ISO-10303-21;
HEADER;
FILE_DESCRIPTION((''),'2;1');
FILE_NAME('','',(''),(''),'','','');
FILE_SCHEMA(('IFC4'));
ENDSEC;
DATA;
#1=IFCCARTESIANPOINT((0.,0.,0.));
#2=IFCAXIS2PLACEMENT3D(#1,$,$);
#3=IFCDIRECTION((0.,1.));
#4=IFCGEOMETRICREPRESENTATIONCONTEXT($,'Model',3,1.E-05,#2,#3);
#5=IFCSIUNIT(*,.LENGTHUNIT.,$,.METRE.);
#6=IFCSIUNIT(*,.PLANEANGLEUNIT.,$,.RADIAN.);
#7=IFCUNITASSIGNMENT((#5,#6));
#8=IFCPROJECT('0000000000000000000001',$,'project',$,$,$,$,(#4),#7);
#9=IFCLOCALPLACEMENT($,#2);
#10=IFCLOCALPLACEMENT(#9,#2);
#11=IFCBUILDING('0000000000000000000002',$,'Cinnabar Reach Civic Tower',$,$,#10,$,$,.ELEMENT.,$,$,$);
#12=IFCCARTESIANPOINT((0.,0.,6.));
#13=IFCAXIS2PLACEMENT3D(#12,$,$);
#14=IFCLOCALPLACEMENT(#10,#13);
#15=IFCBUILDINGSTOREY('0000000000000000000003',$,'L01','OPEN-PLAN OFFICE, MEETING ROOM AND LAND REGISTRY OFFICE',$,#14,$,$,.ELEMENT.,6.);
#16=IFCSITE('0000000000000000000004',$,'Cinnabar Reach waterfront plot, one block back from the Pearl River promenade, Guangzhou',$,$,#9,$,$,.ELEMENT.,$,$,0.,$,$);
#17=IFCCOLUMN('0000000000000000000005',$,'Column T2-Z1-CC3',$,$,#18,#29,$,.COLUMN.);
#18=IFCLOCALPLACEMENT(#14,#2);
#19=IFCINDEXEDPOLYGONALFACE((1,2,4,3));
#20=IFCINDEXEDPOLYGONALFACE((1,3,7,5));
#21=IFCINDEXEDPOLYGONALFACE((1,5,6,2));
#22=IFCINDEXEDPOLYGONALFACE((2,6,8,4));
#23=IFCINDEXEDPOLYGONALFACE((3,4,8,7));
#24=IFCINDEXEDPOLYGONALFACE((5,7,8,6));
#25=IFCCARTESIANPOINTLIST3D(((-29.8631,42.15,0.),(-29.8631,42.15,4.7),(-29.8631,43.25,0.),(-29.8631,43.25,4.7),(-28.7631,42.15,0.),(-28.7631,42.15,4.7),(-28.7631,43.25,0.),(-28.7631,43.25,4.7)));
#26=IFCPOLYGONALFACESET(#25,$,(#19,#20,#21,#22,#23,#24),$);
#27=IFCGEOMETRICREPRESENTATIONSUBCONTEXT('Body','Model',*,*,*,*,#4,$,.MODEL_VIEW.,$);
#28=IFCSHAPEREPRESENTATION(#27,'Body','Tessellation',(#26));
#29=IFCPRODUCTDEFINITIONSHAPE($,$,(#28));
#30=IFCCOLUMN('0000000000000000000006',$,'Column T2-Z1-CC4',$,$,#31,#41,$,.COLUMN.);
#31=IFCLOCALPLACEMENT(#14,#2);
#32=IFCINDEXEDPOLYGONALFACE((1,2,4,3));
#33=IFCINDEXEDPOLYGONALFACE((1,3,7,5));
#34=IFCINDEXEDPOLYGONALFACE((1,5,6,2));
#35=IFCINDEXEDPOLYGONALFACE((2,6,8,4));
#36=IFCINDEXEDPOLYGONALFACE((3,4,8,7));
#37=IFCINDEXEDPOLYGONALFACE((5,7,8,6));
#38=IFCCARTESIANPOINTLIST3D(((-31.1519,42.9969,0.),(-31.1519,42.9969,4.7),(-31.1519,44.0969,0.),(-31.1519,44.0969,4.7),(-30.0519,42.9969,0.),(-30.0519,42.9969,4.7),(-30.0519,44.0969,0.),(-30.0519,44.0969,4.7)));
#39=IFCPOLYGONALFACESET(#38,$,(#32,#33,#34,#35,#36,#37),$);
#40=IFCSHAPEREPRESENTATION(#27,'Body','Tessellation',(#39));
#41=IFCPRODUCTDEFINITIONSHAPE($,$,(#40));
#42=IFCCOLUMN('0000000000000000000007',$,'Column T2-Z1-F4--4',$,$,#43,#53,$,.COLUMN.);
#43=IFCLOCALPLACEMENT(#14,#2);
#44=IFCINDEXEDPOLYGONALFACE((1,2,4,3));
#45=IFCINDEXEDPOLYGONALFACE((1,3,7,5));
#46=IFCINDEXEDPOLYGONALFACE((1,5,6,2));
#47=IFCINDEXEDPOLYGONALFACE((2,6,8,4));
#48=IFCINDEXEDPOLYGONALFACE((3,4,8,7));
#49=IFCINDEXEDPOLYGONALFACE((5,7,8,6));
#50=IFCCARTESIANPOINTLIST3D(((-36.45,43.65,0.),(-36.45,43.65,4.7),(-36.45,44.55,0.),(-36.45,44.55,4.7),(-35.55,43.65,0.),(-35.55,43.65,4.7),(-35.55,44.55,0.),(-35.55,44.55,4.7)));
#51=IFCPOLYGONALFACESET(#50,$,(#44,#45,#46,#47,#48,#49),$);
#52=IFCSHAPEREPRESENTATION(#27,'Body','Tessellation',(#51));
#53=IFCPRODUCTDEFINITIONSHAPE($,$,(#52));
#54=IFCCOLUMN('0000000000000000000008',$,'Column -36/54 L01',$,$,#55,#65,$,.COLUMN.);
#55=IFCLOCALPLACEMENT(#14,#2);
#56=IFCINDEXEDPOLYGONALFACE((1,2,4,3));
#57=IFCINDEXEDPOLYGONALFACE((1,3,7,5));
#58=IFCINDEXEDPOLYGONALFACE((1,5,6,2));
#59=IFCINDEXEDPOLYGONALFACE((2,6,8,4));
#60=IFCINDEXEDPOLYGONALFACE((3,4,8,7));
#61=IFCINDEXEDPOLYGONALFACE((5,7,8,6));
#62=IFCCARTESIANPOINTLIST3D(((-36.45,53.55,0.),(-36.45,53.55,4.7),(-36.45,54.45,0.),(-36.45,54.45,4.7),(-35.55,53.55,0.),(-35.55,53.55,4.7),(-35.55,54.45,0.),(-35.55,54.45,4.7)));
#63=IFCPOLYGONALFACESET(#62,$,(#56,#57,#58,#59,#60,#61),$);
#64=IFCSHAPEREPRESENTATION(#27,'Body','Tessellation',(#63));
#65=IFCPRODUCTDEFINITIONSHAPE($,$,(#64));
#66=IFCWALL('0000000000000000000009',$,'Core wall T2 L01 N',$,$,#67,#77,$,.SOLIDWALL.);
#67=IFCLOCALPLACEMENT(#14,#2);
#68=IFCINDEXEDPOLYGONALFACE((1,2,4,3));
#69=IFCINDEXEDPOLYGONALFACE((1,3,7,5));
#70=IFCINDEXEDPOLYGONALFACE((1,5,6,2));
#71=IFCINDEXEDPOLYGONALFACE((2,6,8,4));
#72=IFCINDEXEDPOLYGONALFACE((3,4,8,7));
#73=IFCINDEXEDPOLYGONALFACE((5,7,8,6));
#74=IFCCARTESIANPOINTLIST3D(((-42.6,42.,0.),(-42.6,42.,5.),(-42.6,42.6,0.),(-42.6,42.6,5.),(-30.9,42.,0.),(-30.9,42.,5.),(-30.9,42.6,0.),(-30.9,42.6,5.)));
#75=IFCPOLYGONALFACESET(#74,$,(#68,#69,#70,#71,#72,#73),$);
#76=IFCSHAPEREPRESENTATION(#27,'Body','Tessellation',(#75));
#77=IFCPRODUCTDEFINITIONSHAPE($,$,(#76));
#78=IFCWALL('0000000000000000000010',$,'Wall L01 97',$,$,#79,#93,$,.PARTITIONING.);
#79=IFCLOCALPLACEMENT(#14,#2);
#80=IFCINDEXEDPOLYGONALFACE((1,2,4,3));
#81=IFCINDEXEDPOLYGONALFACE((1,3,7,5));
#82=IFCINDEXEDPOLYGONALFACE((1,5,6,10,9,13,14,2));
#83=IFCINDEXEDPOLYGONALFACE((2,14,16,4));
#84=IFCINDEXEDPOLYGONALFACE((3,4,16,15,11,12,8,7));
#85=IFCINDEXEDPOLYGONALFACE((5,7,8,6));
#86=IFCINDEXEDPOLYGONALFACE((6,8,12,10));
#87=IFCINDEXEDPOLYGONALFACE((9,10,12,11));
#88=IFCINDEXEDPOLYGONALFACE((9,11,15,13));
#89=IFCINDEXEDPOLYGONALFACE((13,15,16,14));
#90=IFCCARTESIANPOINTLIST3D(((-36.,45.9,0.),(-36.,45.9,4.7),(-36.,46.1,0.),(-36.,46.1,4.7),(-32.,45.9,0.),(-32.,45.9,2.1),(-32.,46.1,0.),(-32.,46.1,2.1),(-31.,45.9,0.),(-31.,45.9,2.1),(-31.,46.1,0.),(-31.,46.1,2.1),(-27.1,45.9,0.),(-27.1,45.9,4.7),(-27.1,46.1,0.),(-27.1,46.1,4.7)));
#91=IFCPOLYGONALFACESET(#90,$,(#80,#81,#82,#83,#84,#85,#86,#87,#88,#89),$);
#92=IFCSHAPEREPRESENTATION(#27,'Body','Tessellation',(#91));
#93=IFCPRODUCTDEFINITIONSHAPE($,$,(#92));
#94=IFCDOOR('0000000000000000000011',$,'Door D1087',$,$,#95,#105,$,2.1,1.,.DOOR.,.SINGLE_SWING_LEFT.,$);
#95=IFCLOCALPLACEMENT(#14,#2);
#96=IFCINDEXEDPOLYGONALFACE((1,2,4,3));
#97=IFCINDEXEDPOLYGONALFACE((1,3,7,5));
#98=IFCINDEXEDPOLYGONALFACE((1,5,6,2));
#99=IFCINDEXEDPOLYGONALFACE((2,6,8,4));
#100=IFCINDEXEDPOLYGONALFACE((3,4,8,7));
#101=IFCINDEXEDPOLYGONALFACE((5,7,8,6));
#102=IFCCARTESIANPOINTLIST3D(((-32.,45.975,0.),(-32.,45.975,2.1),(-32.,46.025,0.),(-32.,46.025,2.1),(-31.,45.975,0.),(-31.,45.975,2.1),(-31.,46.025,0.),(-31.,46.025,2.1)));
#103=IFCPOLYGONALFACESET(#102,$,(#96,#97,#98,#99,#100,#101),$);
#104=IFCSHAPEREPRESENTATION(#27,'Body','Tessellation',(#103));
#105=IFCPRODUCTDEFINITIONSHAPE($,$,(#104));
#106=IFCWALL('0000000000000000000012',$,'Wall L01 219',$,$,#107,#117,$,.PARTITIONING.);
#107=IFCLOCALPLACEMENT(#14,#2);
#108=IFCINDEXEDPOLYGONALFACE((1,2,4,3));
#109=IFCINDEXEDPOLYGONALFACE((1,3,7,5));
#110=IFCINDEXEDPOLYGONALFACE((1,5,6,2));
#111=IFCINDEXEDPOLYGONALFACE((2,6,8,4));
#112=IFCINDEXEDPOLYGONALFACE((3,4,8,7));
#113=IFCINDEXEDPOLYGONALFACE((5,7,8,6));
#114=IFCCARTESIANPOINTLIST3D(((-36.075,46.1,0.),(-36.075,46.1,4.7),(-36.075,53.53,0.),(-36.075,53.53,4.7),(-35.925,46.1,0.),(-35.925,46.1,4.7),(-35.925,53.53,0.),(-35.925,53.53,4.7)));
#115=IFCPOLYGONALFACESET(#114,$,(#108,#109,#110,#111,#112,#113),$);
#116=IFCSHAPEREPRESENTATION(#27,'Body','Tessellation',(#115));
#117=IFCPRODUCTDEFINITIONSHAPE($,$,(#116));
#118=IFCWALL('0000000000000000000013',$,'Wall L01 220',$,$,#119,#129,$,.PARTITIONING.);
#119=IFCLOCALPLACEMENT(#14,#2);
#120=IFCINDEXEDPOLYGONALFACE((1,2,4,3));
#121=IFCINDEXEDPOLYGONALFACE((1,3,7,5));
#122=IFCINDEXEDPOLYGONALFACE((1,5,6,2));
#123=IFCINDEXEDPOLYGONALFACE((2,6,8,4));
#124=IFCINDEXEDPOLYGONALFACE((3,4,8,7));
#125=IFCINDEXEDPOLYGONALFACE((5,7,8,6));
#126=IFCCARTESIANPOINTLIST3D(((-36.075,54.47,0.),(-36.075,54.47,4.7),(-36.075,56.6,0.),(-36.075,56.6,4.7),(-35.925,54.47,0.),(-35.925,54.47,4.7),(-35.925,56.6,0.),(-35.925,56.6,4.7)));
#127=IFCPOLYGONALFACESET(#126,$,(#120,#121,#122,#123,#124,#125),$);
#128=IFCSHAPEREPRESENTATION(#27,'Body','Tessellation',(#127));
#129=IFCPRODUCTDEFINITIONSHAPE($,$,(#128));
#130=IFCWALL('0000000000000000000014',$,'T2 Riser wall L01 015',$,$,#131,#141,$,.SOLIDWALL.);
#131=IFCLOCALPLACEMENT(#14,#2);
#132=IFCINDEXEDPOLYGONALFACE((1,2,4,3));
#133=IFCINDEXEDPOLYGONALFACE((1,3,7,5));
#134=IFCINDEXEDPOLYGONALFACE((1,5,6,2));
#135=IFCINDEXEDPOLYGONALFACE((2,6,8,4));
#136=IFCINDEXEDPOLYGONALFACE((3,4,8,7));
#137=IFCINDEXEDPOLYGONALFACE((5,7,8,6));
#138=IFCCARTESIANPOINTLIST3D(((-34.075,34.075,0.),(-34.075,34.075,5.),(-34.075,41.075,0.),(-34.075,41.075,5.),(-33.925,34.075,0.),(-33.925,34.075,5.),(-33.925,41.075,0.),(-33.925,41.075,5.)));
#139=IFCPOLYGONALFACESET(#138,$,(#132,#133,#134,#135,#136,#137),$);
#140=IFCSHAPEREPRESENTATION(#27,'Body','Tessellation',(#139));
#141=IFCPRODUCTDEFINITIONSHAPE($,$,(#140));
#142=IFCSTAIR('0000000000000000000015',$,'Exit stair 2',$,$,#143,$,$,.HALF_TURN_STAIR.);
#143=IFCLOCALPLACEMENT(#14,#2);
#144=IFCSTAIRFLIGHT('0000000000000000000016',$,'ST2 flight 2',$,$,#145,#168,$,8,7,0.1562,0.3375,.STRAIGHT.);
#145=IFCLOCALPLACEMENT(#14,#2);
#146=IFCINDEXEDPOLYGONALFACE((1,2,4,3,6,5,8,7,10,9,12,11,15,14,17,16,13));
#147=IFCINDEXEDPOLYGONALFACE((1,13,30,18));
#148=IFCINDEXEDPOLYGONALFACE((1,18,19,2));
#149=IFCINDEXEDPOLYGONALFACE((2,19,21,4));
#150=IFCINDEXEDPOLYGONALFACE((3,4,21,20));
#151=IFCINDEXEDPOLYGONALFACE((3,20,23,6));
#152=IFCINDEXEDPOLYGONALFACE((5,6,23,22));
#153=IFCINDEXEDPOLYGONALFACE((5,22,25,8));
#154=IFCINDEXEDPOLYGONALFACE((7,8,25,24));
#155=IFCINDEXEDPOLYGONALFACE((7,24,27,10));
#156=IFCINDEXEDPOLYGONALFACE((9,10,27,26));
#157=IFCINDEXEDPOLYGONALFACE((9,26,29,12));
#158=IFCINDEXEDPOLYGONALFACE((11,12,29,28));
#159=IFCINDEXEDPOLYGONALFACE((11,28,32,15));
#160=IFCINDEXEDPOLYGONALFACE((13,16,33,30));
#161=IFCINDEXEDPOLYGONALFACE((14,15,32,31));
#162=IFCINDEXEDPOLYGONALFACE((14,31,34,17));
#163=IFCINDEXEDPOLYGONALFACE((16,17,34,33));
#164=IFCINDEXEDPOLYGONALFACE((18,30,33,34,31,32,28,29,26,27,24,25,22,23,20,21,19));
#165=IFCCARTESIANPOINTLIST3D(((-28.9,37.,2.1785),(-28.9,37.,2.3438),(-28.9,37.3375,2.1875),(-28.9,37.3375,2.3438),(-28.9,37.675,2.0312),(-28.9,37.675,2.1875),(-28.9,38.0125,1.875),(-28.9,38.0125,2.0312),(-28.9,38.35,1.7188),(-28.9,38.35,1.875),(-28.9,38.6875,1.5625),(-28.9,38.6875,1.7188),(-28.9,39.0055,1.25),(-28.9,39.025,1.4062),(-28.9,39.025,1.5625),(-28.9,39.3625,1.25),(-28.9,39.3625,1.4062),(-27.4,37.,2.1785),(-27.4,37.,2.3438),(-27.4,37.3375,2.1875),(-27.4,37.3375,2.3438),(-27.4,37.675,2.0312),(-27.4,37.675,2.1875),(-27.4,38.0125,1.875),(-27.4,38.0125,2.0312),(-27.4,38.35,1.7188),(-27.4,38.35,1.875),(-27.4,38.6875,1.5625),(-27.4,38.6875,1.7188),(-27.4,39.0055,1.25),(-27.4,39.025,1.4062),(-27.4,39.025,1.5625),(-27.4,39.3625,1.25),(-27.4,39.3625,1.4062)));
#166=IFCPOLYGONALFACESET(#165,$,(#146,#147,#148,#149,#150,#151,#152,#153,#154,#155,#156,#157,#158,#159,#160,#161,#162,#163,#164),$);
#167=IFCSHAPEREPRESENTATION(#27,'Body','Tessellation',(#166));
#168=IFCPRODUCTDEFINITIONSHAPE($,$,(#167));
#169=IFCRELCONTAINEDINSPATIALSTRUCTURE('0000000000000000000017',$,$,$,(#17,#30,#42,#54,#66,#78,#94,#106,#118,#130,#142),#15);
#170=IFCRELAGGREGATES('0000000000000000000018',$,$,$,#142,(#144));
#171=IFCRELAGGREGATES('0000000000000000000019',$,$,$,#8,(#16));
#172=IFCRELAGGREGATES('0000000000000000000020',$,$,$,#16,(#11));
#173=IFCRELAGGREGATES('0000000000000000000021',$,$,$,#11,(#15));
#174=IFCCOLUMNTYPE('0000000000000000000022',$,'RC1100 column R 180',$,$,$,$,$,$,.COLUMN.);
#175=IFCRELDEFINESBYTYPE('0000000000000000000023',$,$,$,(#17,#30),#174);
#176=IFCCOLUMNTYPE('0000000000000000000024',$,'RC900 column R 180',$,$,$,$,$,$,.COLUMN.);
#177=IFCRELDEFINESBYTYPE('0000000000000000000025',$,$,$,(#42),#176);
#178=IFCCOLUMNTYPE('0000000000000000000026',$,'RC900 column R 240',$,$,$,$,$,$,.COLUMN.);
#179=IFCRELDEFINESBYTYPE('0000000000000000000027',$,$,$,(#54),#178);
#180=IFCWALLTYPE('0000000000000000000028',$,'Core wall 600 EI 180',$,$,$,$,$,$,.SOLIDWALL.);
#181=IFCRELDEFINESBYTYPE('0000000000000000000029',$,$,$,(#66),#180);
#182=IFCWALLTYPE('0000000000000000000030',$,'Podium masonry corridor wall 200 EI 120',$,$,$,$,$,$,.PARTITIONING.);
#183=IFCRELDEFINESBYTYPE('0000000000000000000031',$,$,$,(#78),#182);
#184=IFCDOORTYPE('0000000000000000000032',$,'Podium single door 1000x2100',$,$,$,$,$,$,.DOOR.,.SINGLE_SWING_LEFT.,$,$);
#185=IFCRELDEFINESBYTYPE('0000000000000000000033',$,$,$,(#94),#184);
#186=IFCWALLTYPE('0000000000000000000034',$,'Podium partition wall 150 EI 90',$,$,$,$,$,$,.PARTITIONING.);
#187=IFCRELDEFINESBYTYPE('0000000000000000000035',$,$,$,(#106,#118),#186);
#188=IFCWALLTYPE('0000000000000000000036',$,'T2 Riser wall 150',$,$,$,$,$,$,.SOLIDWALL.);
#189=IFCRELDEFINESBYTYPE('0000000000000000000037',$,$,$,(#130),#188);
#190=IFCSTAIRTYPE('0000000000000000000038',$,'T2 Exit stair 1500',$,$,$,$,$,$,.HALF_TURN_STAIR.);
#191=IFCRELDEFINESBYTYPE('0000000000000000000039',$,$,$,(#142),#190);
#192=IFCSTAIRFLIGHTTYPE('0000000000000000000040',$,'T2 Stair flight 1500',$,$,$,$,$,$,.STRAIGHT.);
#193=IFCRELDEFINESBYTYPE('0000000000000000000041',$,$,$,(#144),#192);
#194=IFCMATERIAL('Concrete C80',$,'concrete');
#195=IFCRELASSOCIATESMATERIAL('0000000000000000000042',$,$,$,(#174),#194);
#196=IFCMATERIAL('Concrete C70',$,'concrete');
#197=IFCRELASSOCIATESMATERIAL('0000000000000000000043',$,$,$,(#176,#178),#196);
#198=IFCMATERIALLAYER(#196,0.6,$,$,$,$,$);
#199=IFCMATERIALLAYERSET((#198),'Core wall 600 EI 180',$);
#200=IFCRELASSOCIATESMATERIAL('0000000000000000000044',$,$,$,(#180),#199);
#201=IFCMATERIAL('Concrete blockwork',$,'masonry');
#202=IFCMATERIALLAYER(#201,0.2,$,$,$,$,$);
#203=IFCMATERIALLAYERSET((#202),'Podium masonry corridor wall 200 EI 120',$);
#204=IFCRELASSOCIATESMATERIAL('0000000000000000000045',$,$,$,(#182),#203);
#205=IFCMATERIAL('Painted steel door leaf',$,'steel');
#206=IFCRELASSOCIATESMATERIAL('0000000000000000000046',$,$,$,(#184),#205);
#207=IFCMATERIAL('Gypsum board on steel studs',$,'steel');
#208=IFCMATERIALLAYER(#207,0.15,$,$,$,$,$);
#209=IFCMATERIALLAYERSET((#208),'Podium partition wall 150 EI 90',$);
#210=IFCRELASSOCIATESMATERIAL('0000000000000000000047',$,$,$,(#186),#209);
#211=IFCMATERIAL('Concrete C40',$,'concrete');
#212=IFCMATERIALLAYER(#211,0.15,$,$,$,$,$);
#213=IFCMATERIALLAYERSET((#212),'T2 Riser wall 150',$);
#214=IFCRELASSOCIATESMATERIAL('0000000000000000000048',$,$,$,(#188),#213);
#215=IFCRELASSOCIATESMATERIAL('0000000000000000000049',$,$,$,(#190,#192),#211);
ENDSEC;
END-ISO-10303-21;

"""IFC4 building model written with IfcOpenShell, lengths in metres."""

from ifc_helpers import new_model, si_unit, direction, frame, frame_2d, origin, origin_2d, place, context, subcontext, project, spatial, polyline, rectangle, outline, extrude, material, layer, layer_set, material_profile, profile_set, type_object, element, fill, aggregate, save


model = new_model("IFC4")

# Units and contexts
model_context = context("Model", 3, precision=1e-05, world=origin(), true_north=direction((0.0, 1.0)))
body_context = subcontext(model_context, "Body", "Model", "MODEL_VIEW")
ifc_project = project(units=[si_unit("LENGTHUNIT", "METRE"), si_unit("PLANEANGLEUNIT", "RADIAN")], contexts=[model_context])

# Site, building, storey
site_placement = place(None, origin())
site = spatial("IfcSite", under=ifc_project, at=site_placement, Name="Cinnabar Reach waterfront plot, one block back from the Pearl River promenade, Guangzhou", CompositionType="ELEMENT", RefElevation=0.0)
building_placement = place(site_placement, origin())
building = spatial("IfcBuilding", under=site, at=building_placement, Name="Cinnabar Reach Civic Tower", CompositionType="ELEMENT")
storey_placement = place(building_placement, frame((0.0, 0.0, 6.0)))
storey = spatial("IfcBuildingStorey", under=building, at=storey_placement, Name="L01", Description="OPEN-PLAN OFFICE, MEETING ROOM AND LAND REGISTRY OFFICE", CompositionType="ELEMENT", Elevation=6.0)

# Columns
ifc_material_1 = material(Name="Concrete C80", Category="concrete")
ifc_material_profile_1 = material_profile(ifc_material_1, rectangle(XDim=1.1, YDim=1.1, at=origin_2d()), Name="RC1100")
ifc_profile_set_1 = profile_set([ifc_material_profile_1], Name="Concrete C80")
column_type_1 = type_object("IfcColumnType", Name="RC1100 column R 180", PredefinedType="COLUMN", material=ifc_profile_set_1)
for number, where, z_axis, x_axis, name in (
    (1, (-29.3131, 42.7, 0.0), (0.0, 0.0, 1.0), (1.0, 0.0, 0.0), "Column T2-Z1-CC3"),
    (2, (-30.6019, 43.5469, 0.0), (0.0, 0.0, 1.0), (1.0, 0.0, 0.0), "Column T2-Z1-CC4"),
):
    element("IfcColumn", number, at=place(storey_placement, frame(where, z_axis=z_axis, x_axis=x_axis)), inside=storey, type_object=column_type_1, Name=name, PredefinedType="COLUMN", context=body_context, shape_type="SweptSolid", body=[
        extrude(rectangle(XDim=1.1, YDim=1.1, at=origin_2d()), origin(), (0.0, 0.0, 1.0), 4.7),
    ])
ifc_material_2 = material(Name="Concrete C70", Category="concrete")
ifc_material_profile_2 = material_profile(ifc_material_2, rectangle(XDim=0.9, YDim=0.9, at=origin_2d()), Name="RC900")
ifc_profile_set_2 = profile_set([ifc_material_profile_2], Name="Concrete C70")
column_type_2 = type_object("IfcColumnType", Name="RC900 column R 180", PredefinedType="COLUMN", material=ifc_profile_set_2)
column_1_placement = place(storey_placement, frame((-36.0, 44.1, 0.0), z_axis=(0.0, 0.0, 1.0), x_axis=(1.0, 0.0, 0.0)))
element("IfcColumn", 3, at=column_1_placement, inside=storey, type_object=column_type_2, Name="Column T2-Z1-F4--4", PredefinedType="COLUMN", context=body_context, shape_type="SweptSolid", body=[
    extrude(rectangle(XDim=0.9, YDim=0.9, at=origin_2d()), origin(), (0.0, 0.0, 1.0), 4.7),
])
ifc_material_profile_3 = material_profile(ifc_material_2, rectangle(XDim=0.9, YDim=0.9, at=origin_2d()), Name="RC900")
ifc_profile_set_3 = profile_set([ifc_material_profile_3], Name="Concrete C70")
column_type_3 = type_object("IfcColumnType", Name="RC900 column R 240", PredefinedType="COLUMN", material=ifc_profile_set_3)
column_2_placement = place(storey_placement, frame((-36.0, 54.0, 0.0), z_axis=(0.0, 0.0, 1.0), x_axis=(1.0, 0.0, 0.0)))
element("IfcColumn", 4, at=column_2_placement, inside=storey, type_object=column_type_3, Name="Column -36/54 L01", PredefinedType="COLUMN", context=body_context, shape_type="SweptSolid", body=[
    extrude(rectangle(XDim=0.9, YDim=0.9, at=origin_2d()), origin(), (0.0, 0.0, 1.0), 4.7),
])

# Wall
ifc_layer_1 = layer(ifc_material_2, 0.6)
ifc_layer_set_1 = layer_set([ifc_layer_1], Name="Core wall 600 EI 180")
wall_type_1 = type_object("IfcWallType", Name="Core wall 600 EI 180", PredefinedType="SOLIDWALL", material=ifc_layer_set_1)
wall_1_placement = place(storey_placement, frame((-30.9, 42.3, 0.0), z_axis=(0.0, 0.0, 1.0), x_axis=(-1.0, 0.0, 0.0)))
element("IfcWall", 5, at=wall_1_placement, inside=storey, type_object=wall_type_1, Name="Core wall T2 L01 N", PredefinedType="SOLIDWALL", context=body_context, shape_type="SweptSolid", body=[
    extrude(rectangle(XDim=11.7, YDim=0.6, at=frame_2d((5.85, 0.0))), origin(), (0.0, 0.0, 1.0), 5.0),
])

# Wall, opening, door
ifc_material_3 = material(Name="Concrete blockwork", Category="masonry")
ifc_layer_2 = layer(ifc_material_3, 0.2)
ifc_layer_set_2 = layer_set([ifc_layer_2], Name="Podium masonry corridor wall 200 EI 120")
wall_type_2 = type_object("IfcWallType", Name="Podium masonry corridor wall 200 EI 120", PredefinedType="PARTITIONING", material=ifc_layer_set_2)
wall_2_placement = place(storey_placement, frame((-36.0, 46.0, 0.0), z_axis=(0.0, 0.0, 1.0), x_axis=(1.0, 0.0, 0.0)))
wall_2 = element("IfcWall", 6, at=wall_2_placement, inside=storey, type_object=wall_type_2, Name="Wall L01 97", PredefinedType="PARTITIONING", context=body_context, shape_type="SweptSolid", body=[
    extrude(rectangle(XDim=8.9, YDim=0.2, at=frame_2d((4.45, 0.0))), origin(), (0.0, 0.0, 1.0), 4.7),
])
opening_placement = place(wall_2_placement, frame((4.0, 0.0, 0.0)))
opening = element("IfcOpeningElement", 7, at=opening_placement, cuts=wall_2, PredefinedType="OPENING", context=body_context, shape_type="SweptSolid", body=[
    extrude(rectangle(XDim=1.0, YDim=2.1, at=frame_2d((0.5, 1.05))), frame((0.0, 0.11, 0.0), z_axis=(0.0, -1.0, 0.0), x_axis=(1.0, 0.0, 0.0)), (0.0, 0.0, 1.0), 0.22),
])
ifc_material_4 = material(Name="Painted steel door leaf", Category="steel")
door_type = type_object("IfcDoorType", Name="Podium single door 1000x2100", OperationType="SINGLE_SWING_LEFT", PredefinedType="DOOR", material=ifc_material_4)
door_placement = place(opening_placement, origin())
door = element("IfcDoor", 8, at=door_placement, inside=storey, type_object=door_type, Name="Door D1087", OperationType="SINGLE_SWING_LEFT", OverallHeight=2.1, OverallWidth=1.0, PredefinedType="DOOR", context=body_context, shape_type="SweptSolid", body=[
    extrude(rectangle(XDim=1.0, YDim=2.1, at=frame_2d((0.5, 1.05))), frame((0.0, 0.025, 0.0), z_axis=(0.0, -1.0, 0.0), x_axis=(1.0, 0.0, 0.0)), (0.0, 0.0, 1.0), 0.05),
])
fill(opening, door)

# Walls
ifc_material_5 = material(Name="Gypsum board on steel studs", Category="steel")
ifc_layer_3 = layer(ifc_material_5, 0.15)
ifc_layer_set_3 = layer_set([ifc_layer_3], Name="Podium partition wall 150 EI 90")
wall_type_3 = type_object("IfcWallType", Name="Podium partition wall 150 EI 90", PredefinedType="PARTITIONING", material=ifc_layer_set_3)
wall_3_placement = place(storey_placement, frame((-36.0, 46.1, 0.0), z_axis=(0.0, 0.0, 1.0), x_axis=(0.0, 1.0, 0.0)))
element("IfcWall", 9, at=wall_3_placement, inside=storey, type_object=wall_type_3, Name="Wall L01 219", PredefinedType="PARTITIONING", context=body_context, shape_type="SweptSolid", body=[
    extrude(rectangle(XDim=7.43, YDim=0.15, at=frame_2d((3.715, 0.0))), origin(), (0.0, 0.0, 1.0), 4.7),
])
wall_4_placement = place(storey_placement, frame((-36.0, 54.47, 0.0), z_axis=(0.0, 0.0, 1.0), x_axis=(0.0, 1.0, 0.0)))
element("IfcWall", 10, at=wall_4_placement, inside=storey, type_object=wall_type_3, Name="Wall L01 220", PredefinedType="PARTITIONING", context=body_context, shape_type="SweptSolid", body=[
    extrude(rectangle(XDim=2.13, YDim=0.15, at=frame_2d((1.065, 0.0))), origin(), (0.0, 0.0, 1.0), 4.7),
])
ifc_material_6 = material(Name="Concrete C40", Category="concrete")
ifc_layer_4 = layer(ifc_material_6, 0.15)
ifc_layer_set_4 = layer_set([ifc_layer_4], Name="T2 Riser wall 150")
wall_type_4 = type_object("IfcWallType", Name="T2 Riser wall 150", PredefinedType="SOLIDWALL", material=ifc_layer_set_4)
wall_5_placement = place(storey_placement, frame((-34.0, 41.075, 0.0), z_axis=(0.0, 0.0, 1.0), x_axis=(0.0, -1.0, 0.0)))
element("IfcWall", 11, at=wall_5_placement, inside=storey, type_object=wall_type_4, Name="T2 Riser wall L01 015", PredefinedType="SOLIDWALL", context=body_context, shape_type="SweptSolid", body=[
    extrude(rectangle(XDim=7.0, YDim=0.15, at=frame_2d((3.5, 0.0))), origin(), (0.0, 0.0, 1.0), 5.0),
])

# Stair, stair flight
stair_type = type_object("IfcStairType", Name="T2 Exit stair 1500", PredefinedType="HALF_TURN_STAIR", material=ifc_material_6)
stair_placement = place(storey_placement, origin())
stair = element("IfcStair", 12, at=stair_placement, inside=storey, type_object=stair_type, Name="Exit stair 2", PredefinedType="HALF_TURN_STAIR")
stair_flight_type = type_object("IfcStairFlightType", Name="T2 Stair flight 1500", PredefinedType="STRAIGHT", material=ifc_material_6)
stair_flight_1_placement = place(storey_placement, frame((-28.15, 39.3625, 1.25), z_axis=(0.0, 0.0, 1.0), x_axis=(0.0, -1.0, 0.0)))
stair_flight_1 = element("IfcStairFlight", 13, at=stair_flight_1_placement, type_object=stair_flight_type, Name="ST2 flight 2", NumberOfRisers=8, NumberOfTreads=7, PredefinedType="STRAIGHT", RiserHeight=0.1562, TreadLength=0.3375, context=body_context, shape_type="SweptSolid", body=[
    extrude(outline(polyline([(0.0, 0.0), (0.0, 0.1562), (0.3375, 0.1562), (0.3375, 0.3125), (0.675, 0.3125), (0.675, 0.4688), (1.0125, 0.4688), (1.0125, 0.625), (1.35, 0.625), (1.35, 0.7812), (1.6875, 0.7812), (1.6875, 0.9375), (2.025, 0.9375), (2.025, 1.0938), (2.3625, 1.0938), (2.3625, 1.25), (2.3625, 0.9285), (0.357, 0.0), (0.0, 0.0)])), frame((0.0, 0.75, 0.0), z_axis=(0.0, -1.0, 0.0), x_axis=(1.0, 0.0, 0.0)), (0.0, 0.0, 1.0), 1.5),
])
aggregate(stair, [stair_flight_1])

save(model, "model.ifc")
